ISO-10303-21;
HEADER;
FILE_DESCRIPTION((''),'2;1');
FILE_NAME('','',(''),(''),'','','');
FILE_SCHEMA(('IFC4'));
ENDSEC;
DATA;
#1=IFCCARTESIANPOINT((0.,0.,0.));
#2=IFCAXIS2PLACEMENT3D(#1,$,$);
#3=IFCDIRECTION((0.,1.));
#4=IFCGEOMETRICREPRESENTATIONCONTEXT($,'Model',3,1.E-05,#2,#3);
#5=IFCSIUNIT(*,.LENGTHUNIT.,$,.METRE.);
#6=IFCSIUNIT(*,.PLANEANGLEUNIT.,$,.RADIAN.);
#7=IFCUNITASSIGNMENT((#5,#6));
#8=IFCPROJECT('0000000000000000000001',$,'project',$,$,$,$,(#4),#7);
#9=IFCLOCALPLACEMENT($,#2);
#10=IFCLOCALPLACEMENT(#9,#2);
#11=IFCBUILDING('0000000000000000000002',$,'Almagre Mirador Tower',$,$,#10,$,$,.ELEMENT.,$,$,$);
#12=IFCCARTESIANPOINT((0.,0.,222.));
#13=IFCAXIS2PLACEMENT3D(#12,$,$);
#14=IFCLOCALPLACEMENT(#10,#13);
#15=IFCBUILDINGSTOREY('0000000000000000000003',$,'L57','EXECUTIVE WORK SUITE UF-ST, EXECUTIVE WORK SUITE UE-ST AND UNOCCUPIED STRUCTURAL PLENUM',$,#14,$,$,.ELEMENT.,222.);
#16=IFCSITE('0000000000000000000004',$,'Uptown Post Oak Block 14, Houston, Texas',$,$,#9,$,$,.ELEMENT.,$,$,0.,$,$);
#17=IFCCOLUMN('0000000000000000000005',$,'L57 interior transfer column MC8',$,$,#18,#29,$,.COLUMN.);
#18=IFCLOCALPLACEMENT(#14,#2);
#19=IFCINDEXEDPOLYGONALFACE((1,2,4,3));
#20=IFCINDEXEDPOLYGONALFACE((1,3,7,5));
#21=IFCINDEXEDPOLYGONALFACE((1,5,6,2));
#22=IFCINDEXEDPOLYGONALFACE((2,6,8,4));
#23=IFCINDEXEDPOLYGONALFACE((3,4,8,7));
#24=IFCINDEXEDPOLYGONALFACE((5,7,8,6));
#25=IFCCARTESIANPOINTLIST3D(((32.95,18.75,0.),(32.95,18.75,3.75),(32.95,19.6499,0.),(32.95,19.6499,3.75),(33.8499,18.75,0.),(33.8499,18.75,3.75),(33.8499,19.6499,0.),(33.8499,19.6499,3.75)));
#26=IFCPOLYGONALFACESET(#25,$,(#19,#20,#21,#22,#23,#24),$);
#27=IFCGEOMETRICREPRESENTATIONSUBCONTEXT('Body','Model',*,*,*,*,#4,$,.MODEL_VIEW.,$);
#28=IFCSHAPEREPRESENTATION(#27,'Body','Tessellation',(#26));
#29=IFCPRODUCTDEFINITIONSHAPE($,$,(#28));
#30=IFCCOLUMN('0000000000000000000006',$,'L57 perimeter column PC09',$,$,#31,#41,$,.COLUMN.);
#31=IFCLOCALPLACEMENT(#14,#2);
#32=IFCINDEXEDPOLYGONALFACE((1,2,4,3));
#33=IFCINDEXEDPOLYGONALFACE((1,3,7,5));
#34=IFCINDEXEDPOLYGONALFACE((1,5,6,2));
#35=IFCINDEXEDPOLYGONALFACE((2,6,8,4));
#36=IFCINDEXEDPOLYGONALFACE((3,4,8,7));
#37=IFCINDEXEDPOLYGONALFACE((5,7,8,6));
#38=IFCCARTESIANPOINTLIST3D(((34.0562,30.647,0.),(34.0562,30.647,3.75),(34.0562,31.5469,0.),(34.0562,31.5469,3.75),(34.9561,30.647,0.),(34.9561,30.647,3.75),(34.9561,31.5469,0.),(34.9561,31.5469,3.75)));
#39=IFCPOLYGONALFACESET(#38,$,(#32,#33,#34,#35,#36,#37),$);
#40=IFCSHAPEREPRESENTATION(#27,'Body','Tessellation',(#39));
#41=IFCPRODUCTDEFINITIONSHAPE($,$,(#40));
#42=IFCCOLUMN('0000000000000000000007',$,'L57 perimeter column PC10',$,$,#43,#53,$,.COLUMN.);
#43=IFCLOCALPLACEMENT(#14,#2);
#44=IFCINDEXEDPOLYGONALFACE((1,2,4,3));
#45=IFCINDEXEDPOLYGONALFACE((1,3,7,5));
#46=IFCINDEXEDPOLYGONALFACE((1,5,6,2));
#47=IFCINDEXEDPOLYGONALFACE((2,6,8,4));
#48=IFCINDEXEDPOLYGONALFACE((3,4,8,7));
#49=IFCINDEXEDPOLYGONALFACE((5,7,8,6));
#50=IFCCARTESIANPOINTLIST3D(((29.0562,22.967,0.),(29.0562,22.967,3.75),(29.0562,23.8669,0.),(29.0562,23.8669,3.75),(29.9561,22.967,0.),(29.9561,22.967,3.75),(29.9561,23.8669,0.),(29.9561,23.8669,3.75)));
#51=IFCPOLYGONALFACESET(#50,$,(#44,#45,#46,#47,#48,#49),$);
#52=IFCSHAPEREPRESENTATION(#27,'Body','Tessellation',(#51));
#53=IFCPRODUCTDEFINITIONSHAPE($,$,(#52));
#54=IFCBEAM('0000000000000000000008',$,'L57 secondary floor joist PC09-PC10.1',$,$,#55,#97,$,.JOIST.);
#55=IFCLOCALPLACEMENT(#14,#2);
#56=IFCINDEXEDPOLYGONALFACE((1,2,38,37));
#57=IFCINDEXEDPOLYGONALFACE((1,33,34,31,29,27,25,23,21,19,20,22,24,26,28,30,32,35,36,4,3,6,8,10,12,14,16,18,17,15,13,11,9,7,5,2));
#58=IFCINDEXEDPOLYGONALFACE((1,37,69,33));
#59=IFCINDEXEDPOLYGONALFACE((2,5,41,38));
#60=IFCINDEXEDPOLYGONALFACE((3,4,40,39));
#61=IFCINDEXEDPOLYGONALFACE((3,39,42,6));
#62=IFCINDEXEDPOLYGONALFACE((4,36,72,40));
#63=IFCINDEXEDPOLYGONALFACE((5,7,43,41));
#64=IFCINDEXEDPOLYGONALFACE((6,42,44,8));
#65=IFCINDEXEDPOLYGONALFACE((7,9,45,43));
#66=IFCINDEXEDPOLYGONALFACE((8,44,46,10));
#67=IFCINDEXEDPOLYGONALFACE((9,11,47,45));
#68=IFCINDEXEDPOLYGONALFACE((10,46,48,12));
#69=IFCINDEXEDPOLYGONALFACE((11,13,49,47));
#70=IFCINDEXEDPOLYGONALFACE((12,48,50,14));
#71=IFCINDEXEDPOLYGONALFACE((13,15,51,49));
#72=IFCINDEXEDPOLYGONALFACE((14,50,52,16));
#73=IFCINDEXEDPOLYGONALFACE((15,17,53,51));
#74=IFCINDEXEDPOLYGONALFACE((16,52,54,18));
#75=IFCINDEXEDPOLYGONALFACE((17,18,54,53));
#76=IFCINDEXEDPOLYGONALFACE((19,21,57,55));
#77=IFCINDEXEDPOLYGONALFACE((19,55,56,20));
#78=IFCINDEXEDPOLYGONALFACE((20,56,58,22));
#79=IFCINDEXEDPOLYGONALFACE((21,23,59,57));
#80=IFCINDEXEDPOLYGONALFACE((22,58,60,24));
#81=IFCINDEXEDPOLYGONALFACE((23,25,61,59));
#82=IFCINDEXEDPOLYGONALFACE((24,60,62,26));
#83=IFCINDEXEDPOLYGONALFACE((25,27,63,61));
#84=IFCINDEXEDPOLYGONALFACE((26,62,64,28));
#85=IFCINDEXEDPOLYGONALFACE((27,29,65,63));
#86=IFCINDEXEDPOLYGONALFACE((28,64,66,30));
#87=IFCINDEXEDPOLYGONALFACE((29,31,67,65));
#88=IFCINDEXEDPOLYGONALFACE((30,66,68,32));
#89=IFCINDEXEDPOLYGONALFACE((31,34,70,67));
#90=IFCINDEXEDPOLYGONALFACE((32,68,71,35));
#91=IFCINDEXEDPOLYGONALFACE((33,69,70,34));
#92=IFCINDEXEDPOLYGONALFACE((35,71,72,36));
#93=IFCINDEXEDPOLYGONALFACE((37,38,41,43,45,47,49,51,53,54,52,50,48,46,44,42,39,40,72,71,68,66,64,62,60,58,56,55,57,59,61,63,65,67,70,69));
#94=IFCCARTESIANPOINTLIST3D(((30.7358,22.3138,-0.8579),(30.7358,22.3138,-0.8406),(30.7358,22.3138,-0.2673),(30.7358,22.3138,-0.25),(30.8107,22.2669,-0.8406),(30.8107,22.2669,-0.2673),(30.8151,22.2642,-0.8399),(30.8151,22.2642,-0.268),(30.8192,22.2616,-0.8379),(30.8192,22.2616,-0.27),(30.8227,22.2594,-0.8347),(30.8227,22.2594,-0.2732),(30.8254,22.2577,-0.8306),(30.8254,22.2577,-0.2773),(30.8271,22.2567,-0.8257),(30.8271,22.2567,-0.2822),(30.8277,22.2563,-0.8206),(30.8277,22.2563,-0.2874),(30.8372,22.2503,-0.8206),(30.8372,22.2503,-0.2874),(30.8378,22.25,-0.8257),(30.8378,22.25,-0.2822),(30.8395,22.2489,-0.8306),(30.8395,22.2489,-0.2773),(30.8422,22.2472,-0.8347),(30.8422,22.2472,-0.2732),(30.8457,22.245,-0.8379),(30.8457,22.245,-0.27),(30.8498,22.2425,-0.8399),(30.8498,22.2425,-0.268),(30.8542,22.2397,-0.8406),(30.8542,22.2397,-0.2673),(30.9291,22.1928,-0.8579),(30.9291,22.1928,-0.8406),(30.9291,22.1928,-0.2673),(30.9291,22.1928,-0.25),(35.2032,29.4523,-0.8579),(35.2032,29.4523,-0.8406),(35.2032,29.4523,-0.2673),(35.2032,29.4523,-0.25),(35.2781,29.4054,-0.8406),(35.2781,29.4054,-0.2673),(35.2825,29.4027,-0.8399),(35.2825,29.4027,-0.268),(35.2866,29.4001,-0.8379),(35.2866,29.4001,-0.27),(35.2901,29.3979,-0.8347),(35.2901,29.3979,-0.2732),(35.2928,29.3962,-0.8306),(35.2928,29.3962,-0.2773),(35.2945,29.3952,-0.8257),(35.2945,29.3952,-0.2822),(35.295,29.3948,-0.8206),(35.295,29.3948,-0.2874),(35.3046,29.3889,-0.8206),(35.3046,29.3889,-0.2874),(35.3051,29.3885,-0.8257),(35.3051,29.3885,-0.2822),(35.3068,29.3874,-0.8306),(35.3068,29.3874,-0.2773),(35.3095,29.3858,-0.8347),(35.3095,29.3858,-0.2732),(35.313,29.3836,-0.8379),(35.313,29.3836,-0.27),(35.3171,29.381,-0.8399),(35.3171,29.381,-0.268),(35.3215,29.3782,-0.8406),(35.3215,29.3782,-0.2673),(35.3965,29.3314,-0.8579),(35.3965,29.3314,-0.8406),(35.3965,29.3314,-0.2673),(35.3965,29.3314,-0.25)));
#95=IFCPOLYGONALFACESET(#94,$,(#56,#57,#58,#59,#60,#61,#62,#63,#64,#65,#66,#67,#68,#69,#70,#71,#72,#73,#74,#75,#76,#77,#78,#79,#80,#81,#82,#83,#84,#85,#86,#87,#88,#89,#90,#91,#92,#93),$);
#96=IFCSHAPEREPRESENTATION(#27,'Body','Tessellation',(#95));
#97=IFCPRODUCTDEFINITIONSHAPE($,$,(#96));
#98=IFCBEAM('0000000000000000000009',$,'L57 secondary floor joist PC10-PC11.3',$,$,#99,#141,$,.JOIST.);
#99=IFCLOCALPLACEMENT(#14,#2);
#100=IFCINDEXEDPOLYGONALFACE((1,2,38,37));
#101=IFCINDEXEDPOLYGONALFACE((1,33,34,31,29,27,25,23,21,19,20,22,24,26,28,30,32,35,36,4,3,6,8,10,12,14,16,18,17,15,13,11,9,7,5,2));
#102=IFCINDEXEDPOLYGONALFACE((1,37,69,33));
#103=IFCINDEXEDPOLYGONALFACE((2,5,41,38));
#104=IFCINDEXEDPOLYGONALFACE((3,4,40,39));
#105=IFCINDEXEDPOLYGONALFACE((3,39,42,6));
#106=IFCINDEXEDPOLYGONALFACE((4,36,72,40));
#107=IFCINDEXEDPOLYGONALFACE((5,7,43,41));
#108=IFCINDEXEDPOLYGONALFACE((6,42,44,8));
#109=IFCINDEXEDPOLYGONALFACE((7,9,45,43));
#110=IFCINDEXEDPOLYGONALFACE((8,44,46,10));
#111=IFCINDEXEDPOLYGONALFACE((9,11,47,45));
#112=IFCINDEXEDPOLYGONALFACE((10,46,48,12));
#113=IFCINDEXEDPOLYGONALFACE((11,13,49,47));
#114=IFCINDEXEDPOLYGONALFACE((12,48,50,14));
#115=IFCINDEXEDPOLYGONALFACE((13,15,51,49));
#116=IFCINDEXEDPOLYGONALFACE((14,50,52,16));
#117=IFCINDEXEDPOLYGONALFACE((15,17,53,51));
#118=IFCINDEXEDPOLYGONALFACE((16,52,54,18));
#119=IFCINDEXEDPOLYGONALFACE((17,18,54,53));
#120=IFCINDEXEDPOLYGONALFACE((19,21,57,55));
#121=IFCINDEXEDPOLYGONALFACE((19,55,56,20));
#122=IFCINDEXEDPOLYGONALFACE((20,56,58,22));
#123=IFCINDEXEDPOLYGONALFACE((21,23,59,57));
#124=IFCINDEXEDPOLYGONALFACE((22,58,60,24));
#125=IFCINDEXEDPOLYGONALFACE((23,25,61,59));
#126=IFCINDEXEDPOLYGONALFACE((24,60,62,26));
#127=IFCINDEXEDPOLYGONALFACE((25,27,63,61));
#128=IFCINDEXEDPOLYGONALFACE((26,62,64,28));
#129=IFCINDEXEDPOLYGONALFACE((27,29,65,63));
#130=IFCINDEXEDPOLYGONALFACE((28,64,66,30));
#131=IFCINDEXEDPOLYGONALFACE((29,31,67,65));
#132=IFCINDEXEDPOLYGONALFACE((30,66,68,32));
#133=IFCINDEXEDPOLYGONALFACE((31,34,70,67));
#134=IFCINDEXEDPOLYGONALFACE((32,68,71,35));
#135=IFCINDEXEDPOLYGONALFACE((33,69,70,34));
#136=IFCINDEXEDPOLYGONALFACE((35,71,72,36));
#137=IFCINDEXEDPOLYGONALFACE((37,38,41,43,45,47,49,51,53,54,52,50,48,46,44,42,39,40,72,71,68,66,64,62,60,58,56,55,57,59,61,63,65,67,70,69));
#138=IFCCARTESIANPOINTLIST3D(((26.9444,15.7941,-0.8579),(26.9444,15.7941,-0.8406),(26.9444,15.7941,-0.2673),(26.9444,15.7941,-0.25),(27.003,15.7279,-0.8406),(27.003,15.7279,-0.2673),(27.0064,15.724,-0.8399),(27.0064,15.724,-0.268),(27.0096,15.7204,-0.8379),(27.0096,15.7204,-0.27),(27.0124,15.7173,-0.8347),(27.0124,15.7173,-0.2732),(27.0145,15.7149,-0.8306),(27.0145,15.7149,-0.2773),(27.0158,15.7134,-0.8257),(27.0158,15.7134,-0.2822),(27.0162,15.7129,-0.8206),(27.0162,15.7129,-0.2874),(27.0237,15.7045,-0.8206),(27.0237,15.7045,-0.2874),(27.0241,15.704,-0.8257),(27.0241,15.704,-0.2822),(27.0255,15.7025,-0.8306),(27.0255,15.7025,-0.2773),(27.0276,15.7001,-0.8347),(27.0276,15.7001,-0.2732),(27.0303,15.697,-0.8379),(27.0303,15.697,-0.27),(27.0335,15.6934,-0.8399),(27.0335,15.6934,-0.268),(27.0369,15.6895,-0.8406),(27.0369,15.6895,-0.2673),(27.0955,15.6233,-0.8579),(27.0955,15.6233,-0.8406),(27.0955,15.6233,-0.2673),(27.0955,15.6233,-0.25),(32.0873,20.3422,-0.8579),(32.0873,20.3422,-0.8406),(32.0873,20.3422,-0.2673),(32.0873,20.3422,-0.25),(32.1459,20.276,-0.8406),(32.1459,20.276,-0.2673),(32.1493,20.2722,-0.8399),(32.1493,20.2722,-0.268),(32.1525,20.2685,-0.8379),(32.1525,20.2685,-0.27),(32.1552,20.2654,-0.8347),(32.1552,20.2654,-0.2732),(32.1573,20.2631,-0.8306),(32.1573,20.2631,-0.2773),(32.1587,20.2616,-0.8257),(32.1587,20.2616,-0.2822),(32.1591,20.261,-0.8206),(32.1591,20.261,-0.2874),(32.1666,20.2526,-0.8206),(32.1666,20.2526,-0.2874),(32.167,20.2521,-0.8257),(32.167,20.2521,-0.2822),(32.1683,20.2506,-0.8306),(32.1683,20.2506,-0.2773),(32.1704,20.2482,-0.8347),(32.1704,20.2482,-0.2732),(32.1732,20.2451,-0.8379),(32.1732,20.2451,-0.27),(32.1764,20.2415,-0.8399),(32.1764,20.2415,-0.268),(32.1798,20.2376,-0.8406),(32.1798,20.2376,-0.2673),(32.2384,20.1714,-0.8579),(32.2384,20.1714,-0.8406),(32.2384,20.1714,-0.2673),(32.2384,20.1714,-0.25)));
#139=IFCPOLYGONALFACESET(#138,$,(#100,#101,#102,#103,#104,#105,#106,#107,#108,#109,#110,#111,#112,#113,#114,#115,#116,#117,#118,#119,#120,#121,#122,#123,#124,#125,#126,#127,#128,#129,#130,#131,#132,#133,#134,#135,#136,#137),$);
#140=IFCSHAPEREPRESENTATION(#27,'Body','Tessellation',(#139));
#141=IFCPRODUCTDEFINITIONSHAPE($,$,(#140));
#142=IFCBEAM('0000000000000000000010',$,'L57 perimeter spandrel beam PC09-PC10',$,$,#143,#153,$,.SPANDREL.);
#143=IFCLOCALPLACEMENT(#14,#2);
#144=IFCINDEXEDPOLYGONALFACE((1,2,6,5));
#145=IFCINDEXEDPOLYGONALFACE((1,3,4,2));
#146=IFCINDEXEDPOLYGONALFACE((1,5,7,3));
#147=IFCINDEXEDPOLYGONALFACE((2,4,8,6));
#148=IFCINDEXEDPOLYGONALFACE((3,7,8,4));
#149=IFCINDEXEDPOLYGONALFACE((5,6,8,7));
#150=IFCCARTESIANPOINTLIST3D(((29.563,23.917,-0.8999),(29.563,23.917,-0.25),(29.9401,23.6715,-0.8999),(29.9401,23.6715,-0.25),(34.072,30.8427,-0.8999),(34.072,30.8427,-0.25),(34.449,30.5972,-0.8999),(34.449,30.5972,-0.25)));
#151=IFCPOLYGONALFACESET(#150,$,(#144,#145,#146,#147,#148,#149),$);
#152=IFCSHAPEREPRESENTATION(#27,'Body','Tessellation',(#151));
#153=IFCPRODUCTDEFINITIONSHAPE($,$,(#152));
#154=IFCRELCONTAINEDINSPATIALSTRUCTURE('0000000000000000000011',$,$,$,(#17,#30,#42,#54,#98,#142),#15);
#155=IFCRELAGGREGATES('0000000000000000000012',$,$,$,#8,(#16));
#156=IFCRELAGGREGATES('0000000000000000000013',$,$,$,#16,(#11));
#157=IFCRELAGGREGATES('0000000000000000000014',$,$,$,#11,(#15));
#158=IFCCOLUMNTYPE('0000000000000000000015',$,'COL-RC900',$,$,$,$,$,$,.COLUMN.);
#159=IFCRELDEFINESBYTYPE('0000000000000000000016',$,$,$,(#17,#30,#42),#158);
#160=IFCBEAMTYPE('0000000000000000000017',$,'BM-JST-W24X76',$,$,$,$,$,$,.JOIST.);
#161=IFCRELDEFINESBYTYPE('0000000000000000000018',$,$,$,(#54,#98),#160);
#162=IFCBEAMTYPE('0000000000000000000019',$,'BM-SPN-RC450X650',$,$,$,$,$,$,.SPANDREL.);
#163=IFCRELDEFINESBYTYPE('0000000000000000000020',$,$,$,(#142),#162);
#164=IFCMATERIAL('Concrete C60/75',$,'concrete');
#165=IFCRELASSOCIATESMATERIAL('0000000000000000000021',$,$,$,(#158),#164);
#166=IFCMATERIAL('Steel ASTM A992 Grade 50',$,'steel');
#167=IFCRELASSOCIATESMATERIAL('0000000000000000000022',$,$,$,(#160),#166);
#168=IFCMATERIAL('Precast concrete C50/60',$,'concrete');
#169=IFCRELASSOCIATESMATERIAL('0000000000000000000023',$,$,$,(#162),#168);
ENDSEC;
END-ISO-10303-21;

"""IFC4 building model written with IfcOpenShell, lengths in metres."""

from ifc_helpers import new_model, si_unit, direction, frame, origin, origin_2d, place, context, subcontext, project, spatial, rectangle, i_section, extrude, material, material_profile, profile_set, type_object, element, save


model = new_model("IFC4")

# Units and contexts
model_context = context("Model", 3, precision=1e-05, world=origin(), true_north=direction((0.0, 1.0)))
body_context = subcontext(model_context, "Body", "Model", "MODEL_VIEW")
ifc_project = project(units=[si_unit("LENGTHUNIT", "METRE"), si_unit("PLANEANGLEUNIT", "RADIAN")], contexts=[model_context])

# Site, building, storey
site_placement = place(None, origin())
site = spatial("IfcSite", under=ifc_project, at=site_placement, Name="Uptown Post Oak Block 14, Houston, Texas", CompositionType="ELEMENT", RefElevation=0.0)
building_placement = place(site_placement, origin())
building = spatial("IfcBuilding", under=site, at=building_placement, Name="Almagre Mirador Tower", CompositionType="ELEMENT")
storey_placement = place(building_placement, frame((0.0, 0.0, 222.0)))
storey = spatial("IfcBuildingStorey", under=building, at=storey_placement, Name="L57", Description="EXECUTIVE WORK SUITE UF-ST, EXECUTIVE WORK SUITE UE-ST AND UNOCCUPIED STRUCTURAL PLENUM", CompositionType="ELEMENT", Elevation=222.0)

# Columns
ifc_material_1 = material(Name="Concrete C60/75", Category="concrete")
ifc_material_profile_1 = material_profile(ifc_material_1, rectangle(XDim=0.8999, YDim=0.8999, at=origin_2d()), Name="RC900X900")
ifc_profile_set_1 = profile_set([ifc_material_profile_1], Name="Concrete C60/75")
column_type = type_object("IfcColumnType", Name="COL-RC900", PredefinedType="COLUMN", material=ifc_profile_set_1)
for number, where, z_axis, x_axis, name in (
    (1, (33.3999, 19.2, 0.0), (0.0, 0.0, 1.0), (1.0, 0.0, 0.0), "L57 interior transfer column MC8"),
    (2, (34.5061, 31.0969, 0.0), (0.0, 0.0, 1.0), (1.0, 0.0, 0.0), "L57 perimeter column PC09"),
    (3, (29.5061, 23.417, 0.0), (0.0, 0.0, 1.0), (1.0, 0.0, 0.0), "L57 perimeter column PC10"),
):
    element("IfcColumn", number, at=place(storey_placement, frame(where, z_axis=z_axis, x_axis=x_axis)), inside=storey, type_object=column_type, Name=name, PredefinedType="COLUMN", context=body_context, shape_type="SweptSolid", body=[
        extrude(rectangle(XDim=0.8999, YDim=0.8999, at=origin_2d()), origin(), (0.0, 0.0, 1.0), 3.75),
    ])

# Beams
ifc_material_2 = material(Name="Steel ASTM A992 Grade 50", Category="steel")
ifc_material_profile_2 = material_profile(ifc_material_2, i_section(OverallWidth=0.228, OverallDepth=0.6079, WebThickness=0.0112, FlangeThickness=0.0173, FilletRadius=0.02, at=origin_2d()), Name="W24X76")
ifc_profile_set_2 = profile_set([ifc_material_profile_2], Name="Steel ASTM A992 Grade 50")
beam_type_1 = type_object("IfcBeamType", Name="BM-JST-W24X76", PredefinedType="JOIST", material=ifc_profile_set_2)
beam_1_placement = place(storey_placement, frame((35.2998, 29.3918, -0.554), z_axis=(-0.530491, -0.84769, 0.0), x_axis=(0.84769, -0.530491, 0.0)))
element("IfcBeam", 4, at=beam_1_placement, inside=storey, type_object=beam_type_1, Name="L57 secondary floor joist PC09-PC10.1", PredefinedType="JOIST", context=body_context, shape_type="SweptSolid", body=[
    extrude(i_section(OverallWidth=0.228, OverallDepth=0.6079, WebThickness=0.0112, FlangeThickness=0.0173, FilletRadius=0.02, at=origin_2d()), origin(), (0.0, 0.0, 1.0), 8.4211),
])
beam_2_placement = place(storey_placement, frame((32.1628, 20.2568, -0.554), z_axis=(-0.749092, -0.662466, 0.0), x_axis=(0.662466, -0.749092, 0.0)))
element("IfcBeam", 5, at=beam_2_placement, inside=storey, type_object=beam_type_1, Name="L57 secondary floor joist PC10-PC11.3", PredefinedType="JOIST", context=body_context, shape_type="SweptSolid", body=[
    extrude(i_section(OverallWidth=0.228, OverallDepth=0.6079, WebThickness=0.0112, FlangeThickness=0.0173, FilletRadius=0.02, at=origin_2d()), origin(), (0.0, 0.0, 1.0), 6.8655),
])
ifc_material_3 = material(Name="Precast concrete C50/60", Category="concrete")
ifc_material_profile_3 = material_profile(ifc_material_3, rectangle(XDim=0.45, YDim=0.6499, at=origin_2d()), Name="RC450X650")
ifc_profile_set_3 = profile_set([ifc_material_profile_3], Name="Precast concrete C50/60")
beam_type_2 = type_object("IfcBeamType", Name="BM-SPN-RC450X650", PredefinedType="SPANDREL", material=ifc_profile_set_3)
beam_3_placement = place(storey_placement, frame((34.2605, 30.72, -0.575), z_axis=(-0.545607, -0.838041, 0.0), x_axis=(0.838041, -0.545607, 0.0)))
element("IfcBeam", 6, at=beam_3_placement, inside=storey, type_object=beam_type_2, Name="L57 perimeter spandrel beam PC09-PC10", PredefinedType="SPANDREL", context=body_context, shape_type="SweptSolid", body=[
    extrude(rectangle(XDim=0.45, YDim=0.6499, at=origin_2d()), origin(), (0.0, 0.0, 1.0), 8.2642),
])

save(model, "model.ifc")
